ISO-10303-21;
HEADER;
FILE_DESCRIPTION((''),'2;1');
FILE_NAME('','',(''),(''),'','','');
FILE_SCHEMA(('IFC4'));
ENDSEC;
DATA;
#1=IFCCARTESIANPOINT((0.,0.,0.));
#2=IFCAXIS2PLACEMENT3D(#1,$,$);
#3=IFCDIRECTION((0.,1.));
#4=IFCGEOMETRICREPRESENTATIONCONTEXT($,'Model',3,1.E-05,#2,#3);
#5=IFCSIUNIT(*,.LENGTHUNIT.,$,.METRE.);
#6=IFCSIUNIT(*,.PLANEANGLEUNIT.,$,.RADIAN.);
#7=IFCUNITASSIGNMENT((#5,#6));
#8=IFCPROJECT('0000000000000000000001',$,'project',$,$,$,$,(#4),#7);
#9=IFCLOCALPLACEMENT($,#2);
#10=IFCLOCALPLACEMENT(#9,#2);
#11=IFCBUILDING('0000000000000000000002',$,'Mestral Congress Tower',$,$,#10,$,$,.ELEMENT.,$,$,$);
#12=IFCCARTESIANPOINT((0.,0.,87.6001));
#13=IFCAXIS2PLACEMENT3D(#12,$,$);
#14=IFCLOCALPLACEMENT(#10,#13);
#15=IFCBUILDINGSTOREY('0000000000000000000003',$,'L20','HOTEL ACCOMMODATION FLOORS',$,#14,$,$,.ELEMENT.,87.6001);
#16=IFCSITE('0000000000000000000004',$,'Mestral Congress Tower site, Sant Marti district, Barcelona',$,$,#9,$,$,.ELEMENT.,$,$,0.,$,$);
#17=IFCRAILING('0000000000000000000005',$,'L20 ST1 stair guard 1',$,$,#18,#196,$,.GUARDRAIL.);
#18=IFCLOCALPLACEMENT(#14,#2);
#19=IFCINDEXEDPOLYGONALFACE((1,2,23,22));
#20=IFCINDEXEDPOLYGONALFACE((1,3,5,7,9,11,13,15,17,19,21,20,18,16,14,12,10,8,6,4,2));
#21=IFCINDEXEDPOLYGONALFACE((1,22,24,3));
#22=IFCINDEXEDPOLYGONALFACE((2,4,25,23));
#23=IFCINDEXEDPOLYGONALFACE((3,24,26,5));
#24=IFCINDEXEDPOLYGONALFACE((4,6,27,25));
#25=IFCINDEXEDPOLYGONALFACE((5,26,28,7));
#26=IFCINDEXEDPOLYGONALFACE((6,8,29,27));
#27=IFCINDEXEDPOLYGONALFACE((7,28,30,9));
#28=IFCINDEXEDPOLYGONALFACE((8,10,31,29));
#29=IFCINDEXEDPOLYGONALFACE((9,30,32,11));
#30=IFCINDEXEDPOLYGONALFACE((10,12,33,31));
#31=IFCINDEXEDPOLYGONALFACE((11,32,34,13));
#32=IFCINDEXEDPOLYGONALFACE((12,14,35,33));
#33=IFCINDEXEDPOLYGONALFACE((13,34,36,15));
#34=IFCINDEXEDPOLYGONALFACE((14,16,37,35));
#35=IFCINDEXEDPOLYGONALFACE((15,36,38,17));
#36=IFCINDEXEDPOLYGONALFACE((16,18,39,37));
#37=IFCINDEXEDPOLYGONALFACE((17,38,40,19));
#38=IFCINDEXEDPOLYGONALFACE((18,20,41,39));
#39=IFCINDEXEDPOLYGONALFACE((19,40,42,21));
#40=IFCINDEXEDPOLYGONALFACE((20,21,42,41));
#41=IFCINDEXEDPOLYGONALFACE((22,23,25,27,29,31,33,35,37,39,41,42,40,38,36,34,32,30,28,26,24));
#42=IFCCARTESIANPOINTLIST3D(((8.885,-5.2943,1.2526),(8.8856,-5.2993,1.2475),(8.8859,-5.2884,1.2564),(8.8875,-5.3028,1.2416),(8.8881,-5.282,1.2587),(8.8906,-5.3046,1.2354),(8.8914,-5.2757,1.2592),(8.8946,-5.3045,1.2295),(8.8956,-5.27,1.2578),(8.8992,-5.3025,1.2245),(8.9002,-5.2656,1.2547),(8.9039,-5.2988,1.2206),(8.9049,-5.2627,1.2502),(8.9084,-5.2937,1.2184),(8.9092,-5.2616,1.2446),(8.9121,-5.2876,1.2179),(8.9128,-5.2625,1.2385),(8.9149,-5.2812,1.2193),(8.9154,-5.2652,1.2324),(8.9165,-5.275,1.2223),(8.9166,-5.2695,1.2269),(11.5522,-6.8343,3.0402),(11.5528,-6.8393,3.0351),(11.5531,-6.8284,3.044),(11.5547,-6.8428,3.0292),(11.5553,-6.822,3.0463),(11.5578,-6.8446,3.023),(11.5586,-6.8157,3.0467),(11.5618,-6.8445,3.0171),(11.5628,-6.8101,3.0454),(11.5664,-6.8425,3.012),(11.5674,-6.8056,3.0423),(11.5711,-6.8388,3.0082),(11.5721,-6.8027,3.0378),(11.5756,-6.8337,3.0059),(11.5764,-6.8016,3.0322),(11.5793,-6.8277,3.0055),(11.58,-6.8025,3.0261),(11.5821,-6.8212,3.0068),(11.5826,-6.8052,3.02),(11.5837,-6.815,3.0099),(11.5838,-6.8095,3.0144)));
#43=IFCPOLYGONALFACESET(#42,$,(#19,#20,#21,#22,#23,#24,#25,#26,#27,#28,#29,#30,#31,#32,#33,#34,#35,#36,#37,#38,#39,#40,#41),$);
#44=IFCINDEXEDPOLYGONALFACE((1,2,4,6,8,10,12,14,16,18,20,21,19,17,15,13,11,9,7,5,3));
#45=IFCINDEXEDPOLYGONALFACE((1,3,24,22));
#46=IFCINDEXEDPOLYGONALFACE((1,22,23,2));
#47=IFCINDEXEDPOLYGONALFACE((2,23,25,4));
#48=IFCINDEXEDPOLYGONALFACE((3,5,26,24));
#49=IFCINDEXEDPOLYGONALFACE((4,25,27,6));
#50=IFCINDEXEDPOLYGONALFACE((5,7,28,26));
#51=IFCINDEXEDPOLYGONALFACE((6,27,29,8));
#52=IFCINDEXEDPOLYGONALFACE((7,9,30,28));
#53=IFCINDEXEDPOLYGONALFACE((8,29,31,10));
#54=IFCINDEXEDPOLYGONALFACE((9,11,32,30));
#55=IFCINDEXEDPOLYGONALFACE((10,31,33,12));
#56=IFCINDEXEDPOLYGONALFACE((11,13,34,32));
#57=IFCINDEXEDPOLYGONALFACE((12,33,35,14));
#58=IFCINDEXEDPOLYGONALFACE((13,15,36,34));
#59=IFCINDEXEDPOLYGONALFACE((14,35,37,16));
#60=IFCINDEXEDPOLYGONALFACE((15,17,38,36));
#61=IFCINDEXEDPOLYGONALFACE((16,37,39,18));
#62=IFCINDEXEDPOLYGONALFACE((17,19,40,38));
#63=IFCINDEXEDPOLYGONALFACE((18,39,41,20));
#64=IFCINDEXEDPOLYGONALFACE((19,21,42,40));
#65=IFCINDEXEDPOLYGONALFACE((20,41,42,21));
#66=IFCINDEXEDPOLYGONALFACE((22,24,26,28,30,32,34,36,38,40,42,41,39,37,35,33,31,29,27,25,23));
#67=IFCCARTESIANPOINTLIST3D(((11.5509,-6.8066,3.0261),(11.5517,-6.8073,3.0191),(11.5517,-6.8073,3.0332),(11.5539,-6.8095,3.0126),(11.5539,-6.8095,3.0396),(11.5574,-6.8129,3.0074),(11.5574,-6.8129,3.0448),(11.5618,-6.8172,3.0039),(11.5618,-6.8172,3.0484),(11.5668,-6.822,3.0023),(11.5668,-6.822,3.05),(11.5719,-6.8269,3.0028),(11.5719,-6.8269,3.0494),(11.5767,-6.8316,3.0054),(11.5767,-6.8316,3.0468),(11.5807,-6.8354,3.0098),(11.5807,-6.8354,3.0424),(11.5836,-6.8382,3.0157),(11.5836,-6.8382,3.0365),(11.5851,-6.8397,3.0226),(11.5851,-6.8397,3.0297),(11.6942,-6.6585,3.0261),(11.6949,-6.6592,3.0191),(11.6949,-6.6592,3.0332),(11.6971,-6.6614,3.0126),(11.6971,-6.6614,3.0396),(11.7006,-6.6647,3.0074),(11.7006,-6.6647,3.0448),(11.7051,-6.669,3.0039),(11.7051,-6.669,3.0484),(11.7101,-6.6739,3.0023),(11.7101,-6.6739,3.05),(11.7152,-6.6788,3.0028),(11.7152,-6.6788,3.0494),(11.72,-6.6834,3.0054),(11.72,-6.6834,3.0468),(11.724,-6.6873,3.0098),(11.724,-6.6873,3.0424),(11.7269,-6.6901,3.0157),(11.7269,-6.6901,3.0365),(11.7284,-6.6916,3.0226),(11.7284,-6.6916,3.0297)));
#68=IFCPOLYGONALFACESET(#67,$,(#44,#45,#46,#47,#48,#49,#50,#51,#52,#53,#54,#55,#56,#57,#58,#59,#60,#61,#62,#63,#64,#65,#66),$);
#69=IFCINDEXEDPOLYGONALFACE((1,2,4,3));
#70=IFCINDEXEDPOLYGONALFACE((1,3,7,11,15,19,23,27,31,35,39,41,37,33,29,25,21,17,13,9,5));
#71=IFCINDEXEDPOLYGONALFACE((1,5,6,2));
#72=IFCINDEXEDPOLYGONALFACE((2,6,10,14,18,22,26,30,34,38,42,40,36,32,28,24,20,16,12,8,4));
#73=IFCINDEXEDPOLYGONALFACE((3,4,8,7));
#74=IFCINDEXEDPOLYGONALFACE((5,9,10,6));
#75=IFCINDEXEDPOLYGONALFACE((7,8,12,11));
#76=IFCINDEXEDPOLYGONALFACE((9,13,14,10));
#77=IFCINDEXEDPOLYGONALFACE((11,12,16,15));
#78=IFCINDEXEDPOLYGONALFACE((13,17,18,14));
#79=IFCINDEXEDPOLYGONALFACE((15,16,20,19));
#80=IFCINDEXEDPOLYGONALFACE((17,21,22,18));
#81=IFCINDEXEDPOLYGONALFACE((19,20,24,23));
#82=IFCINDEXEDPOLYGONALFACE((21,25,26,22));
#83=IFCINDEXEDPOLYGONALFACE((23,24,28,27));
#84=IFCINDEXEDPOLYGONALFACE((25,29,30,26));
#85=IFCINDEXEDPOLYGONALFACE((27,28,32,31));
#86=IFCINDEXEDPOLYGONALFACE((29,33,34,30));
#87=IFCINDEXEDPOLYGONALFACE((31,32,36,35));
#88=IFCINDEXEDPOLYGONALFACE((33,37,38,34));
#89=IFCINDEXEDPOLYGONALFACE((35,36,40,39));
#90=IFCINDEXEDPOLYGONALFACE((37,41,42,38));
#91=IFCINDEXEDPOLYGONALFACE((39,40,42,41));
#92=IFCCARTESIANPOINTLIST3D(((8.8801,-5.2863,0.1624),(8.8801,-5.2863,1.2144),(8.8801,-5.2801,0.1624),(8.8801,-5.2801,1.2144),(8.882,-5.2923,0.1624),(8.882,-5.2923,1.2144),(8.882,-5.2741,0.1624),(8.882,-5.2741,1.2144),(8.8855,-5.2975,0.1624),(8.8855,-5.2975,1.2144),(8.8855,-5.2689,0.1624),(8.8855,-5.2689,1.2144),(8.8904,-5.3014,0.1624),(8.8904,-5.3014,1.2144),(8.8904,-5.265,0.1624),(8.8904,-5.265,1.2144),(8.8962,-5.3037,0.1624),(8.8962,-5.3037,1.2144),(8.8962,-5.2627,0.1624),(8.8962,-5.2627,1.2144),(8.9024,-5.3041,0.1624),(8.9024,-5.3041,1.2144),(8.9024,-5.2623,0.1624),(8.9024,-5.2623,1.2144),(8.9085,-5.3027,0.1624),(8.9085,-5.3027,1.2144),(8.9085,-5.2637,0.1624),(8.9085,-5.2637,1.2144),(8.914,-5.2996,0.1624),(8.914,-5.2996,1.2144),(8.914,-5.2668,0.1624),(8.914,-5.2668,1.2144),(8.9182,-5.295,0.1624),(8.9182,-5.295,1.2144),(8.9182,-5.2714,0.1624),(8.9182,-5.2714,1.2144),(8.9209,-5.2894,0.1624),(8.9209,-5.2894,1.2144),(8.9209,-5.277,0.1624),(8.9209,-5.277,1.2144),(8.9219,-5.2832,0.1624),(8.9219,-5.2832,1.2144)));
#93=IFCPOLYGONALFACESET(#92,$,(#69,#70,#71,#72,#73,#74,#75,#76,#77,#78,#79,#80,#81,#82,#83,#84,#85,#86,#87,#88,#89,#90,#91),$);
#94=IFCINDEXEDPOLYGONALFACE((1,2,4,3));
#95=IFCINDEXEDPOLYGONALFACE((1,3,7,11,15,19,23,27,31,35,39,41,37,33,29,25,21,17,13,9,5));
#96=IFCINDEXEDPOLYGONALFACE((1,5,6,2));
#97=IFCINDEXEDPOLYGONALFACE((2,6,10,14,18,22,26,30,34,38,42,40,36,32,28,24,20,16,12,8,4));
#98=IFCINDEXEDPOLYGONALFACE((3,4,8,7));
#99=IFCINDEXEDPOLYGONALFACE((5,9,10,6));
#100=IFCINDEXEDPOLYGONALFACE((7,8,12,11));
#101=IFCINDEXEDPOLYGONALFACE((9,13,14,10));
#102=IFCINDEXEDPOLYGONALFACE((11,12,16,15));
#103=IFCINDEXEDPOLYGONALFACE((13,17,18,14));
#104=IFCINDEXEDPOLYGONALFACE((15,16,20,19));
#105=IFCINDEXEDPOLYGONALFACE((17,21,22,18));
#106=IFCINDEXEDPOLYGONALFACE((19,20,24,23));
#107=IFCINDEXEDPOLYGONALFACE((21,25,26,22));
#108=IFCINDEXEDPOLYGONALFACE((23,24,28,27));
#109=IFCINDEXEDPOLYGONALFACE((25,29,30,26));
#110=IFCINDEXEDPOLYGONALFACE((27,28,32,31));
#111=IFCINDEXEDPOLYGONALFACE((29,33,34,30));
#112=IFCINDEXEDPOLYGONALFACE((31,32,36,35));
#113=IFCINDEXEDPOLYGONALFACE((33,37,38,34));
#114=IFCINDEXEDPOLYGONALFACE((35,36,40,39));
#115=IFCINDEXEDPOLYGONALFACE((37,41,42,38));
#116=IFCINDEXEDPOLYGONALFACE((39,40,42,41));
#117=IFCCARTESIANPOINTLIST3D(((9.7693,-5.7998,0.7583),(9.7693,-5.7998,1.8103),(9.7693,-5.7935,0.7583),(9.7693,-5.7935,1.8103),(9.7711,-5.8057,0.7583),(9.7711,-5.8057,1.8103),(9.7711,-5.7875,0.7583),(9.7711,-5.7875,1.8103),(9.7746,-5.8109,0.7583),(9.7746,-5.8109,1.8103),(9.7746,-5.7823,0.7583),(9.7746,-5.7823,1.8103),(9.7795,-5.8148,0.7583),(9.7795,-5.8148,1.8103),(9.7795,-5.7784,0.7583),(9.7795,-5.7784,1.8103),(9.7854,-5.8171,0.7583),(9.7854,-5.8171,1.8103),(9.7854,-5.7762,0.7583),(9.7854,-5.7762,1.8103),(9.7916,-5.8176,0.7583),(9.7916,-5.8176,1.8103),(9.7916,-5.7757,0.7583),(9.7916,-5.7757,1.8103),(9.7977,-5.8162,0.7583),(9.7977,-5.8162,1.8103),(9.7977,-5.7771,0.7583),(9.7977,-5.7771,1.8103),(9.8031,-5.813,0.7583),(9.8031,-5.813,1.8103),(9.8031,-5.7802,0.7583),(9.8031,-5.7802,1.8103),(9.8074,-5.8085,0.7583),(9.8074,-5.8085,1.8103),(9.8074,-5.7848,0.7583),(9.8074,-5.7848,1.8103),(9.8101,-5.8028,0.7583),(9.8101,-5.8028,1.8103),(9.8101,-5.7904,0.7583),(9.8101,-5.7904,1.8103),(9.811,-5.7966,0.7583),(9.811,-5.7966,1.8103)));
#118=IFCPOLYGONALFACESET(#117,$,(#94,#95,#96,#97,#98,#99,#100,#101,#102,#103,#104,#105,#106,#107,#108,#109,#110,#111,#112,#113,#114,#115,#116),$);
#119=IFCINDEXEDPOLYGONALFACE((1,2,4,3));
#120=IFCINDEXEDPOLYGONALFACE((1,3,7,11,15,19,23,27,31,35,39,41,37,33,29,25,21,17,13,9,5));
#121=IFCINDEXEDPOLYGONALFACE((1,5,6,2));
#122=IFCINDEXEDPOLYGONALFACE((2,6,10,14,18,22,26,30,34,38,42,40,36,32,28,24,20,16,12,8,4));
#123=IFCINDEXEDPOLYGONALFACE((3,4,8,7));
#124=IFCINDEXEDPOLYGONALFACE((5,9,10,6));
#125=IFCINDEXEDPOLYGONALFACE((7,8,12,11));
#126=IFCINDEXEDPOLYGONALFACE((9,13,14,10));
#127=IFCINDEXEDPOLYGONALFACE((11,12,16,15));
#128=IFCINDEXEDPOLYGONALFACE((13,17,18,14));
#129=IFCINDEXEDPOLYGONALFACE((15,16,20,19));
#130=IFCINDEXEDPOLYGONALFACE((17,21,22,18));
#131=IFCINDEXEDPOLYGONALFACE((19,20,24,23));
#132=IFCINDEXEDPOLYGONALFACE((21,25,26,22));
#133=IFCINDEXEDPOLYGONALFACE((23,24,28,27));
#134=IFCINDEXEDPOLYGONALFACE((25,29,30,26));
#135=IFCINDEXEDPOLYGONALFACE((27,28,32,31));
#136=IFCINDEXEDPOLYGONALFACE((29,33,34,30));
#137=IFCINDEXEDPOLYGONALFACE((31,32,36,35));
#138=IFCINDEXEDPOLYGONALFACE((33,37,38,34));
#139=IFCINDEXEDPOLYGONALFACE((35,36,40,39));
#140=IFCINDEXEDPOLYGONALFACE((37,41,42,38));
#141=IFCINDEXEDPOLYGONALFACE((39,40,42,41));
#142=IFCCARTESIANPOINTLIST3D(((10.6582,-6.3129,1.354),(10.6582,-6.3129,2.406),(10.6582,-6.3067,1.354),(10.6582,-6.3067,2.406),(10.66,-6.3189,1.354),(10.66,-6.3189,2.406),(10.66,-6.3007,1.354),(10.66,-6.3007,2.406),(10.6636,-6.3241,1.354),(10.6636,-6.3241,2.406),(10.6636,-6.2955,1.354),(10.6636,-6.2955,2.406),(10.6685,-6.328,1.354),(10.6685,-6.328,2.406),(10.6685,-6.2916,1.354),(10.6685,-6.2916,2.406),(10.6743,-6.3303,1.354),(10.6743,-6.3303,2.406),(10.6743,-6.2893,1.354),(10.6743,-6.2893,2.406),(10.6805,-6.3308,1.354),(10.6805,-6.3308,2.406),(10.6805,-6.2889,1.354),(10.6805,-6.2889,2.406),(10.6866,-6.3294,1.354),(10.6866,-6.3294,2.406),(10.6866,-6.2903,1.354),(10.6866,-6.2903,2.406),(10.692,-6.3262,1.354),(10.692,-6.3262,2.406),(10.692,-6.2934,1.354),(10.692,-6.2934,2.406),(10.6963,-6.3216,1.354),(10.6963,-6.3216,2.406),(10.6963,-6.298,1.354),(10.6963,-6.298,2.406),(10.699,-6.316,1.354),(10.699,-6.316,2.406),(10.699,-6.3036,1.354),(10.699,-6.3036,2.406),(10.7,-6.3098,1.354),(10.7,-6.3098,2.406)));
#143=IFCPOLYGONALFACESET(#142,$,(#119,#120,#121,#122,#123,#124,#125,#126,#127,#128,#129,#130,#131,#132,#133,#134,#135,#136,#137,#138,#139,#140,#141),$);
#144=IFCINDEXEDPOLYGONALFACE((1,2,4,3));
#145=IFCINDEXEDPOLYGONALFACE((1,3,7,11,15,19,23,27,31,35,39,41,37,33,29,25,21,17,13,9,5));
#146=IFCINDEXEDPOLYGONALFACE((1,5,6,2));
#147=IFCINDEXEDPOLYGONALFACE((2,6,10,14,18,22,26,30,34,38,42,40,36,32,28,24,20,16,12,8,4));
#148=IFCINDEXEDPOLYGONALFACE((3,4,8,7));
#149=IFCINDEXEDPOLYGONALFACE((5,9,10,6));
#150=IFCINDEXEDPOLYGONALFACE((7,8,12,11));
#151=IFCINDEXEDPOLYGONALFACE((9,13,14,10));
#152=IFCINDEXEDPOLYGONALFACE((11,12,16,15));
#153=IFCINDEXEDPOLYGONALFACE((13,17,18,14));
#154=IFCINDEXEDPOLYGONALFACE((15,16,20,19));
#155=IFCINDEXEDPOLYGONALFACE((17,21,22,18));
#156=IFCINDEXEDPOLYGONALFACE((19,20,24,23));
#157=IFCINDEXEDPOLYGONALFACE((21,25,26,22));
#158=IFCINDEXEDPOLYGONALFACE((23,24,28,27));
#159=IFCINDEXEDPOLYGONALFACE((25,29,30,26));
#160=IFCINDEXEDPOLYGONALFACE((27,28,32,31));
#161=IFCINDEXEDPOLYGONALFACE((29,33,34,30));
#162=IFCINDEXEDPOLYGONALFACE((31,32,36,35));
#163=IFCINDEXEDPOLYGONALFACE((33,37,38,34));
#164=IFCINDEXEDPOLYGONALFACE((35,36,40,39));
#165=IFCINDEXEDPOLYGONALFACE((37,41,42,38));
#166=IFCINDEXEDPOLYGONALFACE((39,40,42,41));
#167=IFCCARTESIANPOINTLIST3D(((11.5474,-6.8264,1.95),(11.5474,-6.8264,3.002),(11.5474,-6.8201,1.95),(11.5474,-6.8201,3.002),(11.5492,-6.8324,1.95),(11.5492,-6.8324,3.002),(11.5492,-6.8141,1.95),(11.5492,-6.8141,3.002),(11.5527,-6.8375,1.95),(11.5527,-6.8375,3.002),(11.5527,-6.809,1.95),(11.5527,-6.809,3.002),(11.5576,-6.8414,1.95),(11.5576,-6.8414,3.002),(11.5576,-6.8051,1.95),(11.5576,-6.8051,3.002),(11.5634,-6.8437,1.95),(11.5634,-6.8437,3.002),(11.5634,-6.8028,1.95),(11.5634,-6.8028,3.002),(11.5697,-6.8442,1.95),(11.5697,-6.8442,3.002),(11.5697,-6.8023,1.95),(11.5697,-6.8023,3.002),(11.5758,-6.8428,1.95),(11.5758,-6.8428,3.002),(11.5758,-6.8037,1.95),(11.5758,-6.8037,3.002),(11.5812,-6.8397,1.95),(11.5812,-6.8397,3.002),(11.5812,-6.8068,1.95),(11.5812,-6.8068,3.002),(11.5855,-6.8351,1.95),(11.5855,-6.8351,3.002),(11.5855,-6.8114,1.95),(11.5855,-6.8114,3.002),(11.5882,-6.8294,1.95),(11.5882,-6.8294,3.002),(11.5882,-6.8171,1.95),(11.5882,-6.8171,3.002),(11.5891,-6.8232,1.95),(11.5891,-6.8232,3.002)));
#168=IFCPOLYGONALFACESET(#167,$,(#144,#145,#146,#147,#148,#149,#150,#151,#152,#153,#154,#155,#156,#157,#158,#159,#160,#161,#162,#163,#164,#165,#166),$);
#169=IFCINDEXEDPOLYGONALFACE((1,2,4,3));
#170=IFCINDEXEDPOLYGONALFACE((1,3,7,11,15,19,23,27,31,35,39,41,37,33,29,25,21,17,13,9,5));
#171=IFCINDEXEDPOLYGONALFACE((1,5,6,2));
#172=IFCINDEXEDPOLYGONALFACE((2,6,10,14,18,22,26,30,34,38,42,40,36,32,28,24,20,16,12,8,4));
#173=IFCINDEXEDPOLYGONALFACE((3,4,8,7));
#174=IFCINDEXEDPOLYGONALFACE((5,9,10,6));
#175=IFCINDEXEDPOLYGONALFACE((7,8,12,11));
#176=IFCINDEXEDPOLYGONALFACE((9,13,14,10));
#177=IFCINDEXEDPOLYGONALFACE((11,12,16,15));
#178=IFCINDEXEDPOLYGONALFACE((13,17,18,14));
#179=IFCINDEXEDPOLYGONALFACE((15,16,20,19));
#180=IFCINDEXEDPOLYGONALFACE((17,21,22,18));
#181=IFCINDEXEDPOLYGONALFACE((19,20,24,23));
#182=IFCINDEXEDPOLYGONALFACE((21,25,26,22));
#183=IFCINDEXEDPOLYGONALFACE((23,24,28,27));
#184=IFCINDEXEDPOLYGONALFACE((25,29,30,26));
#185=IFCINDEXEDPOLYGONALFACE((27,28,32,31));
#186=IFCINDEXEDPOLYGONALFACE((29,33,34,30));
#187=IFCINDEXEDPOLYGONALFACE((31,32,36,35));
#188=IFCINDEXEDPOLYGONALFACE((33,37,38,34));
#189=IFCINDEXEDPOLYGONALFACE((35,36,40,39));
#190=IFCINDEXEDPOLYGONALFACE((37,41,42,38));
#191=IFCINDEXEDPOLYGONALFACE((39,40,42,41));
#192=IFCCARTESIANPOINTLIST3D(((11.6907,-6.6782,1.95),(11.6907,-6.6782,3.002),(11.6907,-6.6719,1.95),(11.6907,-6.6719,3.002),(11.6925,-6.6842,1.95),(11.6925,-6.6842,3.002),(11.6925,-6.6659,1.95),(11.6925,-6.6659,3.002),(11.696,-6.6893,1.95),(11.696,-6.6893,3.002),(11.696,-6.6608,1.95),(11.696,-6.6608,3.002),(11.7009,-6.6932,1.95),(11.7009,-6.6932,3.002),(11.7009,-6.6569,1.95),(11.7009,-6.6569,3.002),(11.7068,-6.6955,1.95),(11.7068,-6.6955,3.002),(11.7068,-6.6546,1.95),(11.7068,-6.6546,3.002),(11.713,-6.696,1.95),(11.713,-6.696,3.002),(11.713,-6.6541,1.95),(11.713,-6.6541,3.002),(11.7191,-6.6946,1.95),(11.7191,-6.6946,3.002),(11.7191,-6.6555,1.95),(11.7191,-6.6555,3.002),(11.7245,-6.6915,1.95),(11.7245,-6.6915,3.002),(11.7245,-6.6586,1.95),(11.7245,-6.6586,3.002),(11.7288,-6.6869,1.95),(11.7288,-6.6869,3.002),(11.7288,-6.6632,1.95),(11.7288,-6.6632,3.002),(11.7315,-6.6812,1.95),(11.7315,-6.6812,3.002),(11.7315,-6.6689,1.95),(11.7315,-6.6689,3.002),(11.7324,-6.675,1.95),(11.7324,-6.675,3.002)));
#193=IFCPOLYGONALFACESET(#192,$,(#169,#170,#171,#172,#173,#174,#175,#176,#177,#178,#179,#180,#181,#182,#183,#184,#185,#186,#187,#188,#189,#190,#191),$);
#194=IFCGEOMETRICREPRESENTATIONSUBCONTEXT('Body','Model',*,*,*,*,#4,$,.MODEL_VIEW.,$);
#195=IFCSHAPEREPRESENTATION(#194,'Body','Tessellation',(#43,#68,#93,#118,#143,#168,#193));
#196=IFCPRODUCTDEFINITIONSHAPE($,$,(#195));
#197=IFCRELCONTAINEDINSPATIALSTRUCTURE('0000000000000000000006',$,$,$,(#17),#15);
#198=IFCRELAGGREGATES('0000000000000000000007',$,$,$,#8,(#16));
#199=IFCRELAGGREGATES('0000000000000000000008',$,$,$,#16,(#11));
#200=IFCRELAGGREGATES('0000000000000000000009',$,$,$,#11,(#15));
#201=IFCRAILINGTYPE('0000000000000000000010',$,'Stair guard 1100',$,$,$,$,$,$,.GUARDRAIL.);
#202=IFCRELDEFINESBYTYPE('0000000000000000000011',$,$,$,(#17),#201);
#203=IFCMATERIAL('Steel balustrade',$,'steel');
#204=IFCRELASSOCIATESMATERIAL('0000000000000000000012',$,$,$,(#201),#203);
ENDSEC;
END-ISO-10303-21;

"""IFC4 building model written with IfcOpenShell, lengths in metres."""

from ifc_helpers import new_model, si_unit, direction, frame, origin, origin_2d, place, context, subcontext, project, spatial, circle, extrude, material, type_object, element, save


model = new_model("IFC4")

# Units and contexts
model_context = context("Model", 3, precision=1e-05, world=origin(), true_north=direction((0.0, 1.0)))
body_context = subcontext(model_context, "Body", "Model", "MODEL_VIEW")
ifc_project = project(units=[si_unit("LENGTHUNIT", "METRE"), si_unit("PLANEANGLEUNIT", "RADIAN")], contexts=[model_context])

# Site, building, storey
site_placement = place(None, origin())
site = spatial("IfcSite", under=ifc_project, at=site_placement, Name="Mestral Congress Tower site, Sant Marti district, Barcelona", CompositionType="ELEMENT", RefElevation=0.0)
building_placement = place(site_placement, origin())
building = spatial("IfcBuilding", under=site, at=building_placement, Name="Mestral Congress Tower", CompositionType="ELEMENT")
storey_placement = place(building_placement, frame((0.0, 0.0, 87.6001)))
storey = spatial("IfcBuildingStorey", under=building, at=storey_placement, Name="L20", Description="HOTEL ACCOMMODATION FLOORS", CompositionType="ELEMENT", Elevation=87.6001)

# Railing
ifc_material_1 = material(Name="Steel balustrade", Category="steel")
railing_type_1 = type_object("IfcRailingType", Name="Stair guard 1100", PredefinedType="GUARDRAIL", material=ifc_material_1)
railing_1_placement = place(storey_placement, frame((8.9009, -5.2832, 0.1624)))
element("IfcRailing", 1, at=railing_1_placement, inside=storey, type_object=railing_type_1, Name="L20 ST1 stair guard 1", PredefinedType="GUARDRAIL", context=body_context, shape_type="SweptSolid", body=[
    extrude(circle(Radius=0.0239, at=origin_2d()), frame((0.0, 0.0, 1.0762), z_axis=(0.748994, -0.432463, 0.50198), x_axis=(0.500027, 0.86601, 0.0)), (0.0, 0.0, 1.0), 3.561),
    extrude(circle(Radius=0.0239, at=origin_2d()), frame((2.6672, -1.54, 2.8638), z_axis=(0.695165, 0.71885, 0.0), x_axis=(-0.71885, 0.695165, 0.0)), (0.0, 0.0, 1.0), 0.2061),
    extrude(circle(Radius=0.021, at=origin_2d()), origin(), (0.0, 0.0, 1.0), 1.052),
    extrude(circle(Radius=0.021, at=origin_2d()), frame((0.8892, -0.5134, 0.5959)), (0.0, 0.0, 1.0), 1.052),
    extrude(circle(Radius=0.021, at=origin_2d()), frame((1.7781, -1.0266, 1.1917)), (0.0, 0.0, 1.0), 1.052),
    extrude(circle(Radius=0.021, at=origin_2d()), frame((2.6672, -1.54, 1.7876)), (0.0, 0.0, 1.0), 1.052),
    extrude(circle(Radius=0.021, at=origin_2d()), frame((2.8105, -1.3918, 1.7876)), (0.0, 0.0, 1.0), 1.052),
])

save(model, "model.ifc")
